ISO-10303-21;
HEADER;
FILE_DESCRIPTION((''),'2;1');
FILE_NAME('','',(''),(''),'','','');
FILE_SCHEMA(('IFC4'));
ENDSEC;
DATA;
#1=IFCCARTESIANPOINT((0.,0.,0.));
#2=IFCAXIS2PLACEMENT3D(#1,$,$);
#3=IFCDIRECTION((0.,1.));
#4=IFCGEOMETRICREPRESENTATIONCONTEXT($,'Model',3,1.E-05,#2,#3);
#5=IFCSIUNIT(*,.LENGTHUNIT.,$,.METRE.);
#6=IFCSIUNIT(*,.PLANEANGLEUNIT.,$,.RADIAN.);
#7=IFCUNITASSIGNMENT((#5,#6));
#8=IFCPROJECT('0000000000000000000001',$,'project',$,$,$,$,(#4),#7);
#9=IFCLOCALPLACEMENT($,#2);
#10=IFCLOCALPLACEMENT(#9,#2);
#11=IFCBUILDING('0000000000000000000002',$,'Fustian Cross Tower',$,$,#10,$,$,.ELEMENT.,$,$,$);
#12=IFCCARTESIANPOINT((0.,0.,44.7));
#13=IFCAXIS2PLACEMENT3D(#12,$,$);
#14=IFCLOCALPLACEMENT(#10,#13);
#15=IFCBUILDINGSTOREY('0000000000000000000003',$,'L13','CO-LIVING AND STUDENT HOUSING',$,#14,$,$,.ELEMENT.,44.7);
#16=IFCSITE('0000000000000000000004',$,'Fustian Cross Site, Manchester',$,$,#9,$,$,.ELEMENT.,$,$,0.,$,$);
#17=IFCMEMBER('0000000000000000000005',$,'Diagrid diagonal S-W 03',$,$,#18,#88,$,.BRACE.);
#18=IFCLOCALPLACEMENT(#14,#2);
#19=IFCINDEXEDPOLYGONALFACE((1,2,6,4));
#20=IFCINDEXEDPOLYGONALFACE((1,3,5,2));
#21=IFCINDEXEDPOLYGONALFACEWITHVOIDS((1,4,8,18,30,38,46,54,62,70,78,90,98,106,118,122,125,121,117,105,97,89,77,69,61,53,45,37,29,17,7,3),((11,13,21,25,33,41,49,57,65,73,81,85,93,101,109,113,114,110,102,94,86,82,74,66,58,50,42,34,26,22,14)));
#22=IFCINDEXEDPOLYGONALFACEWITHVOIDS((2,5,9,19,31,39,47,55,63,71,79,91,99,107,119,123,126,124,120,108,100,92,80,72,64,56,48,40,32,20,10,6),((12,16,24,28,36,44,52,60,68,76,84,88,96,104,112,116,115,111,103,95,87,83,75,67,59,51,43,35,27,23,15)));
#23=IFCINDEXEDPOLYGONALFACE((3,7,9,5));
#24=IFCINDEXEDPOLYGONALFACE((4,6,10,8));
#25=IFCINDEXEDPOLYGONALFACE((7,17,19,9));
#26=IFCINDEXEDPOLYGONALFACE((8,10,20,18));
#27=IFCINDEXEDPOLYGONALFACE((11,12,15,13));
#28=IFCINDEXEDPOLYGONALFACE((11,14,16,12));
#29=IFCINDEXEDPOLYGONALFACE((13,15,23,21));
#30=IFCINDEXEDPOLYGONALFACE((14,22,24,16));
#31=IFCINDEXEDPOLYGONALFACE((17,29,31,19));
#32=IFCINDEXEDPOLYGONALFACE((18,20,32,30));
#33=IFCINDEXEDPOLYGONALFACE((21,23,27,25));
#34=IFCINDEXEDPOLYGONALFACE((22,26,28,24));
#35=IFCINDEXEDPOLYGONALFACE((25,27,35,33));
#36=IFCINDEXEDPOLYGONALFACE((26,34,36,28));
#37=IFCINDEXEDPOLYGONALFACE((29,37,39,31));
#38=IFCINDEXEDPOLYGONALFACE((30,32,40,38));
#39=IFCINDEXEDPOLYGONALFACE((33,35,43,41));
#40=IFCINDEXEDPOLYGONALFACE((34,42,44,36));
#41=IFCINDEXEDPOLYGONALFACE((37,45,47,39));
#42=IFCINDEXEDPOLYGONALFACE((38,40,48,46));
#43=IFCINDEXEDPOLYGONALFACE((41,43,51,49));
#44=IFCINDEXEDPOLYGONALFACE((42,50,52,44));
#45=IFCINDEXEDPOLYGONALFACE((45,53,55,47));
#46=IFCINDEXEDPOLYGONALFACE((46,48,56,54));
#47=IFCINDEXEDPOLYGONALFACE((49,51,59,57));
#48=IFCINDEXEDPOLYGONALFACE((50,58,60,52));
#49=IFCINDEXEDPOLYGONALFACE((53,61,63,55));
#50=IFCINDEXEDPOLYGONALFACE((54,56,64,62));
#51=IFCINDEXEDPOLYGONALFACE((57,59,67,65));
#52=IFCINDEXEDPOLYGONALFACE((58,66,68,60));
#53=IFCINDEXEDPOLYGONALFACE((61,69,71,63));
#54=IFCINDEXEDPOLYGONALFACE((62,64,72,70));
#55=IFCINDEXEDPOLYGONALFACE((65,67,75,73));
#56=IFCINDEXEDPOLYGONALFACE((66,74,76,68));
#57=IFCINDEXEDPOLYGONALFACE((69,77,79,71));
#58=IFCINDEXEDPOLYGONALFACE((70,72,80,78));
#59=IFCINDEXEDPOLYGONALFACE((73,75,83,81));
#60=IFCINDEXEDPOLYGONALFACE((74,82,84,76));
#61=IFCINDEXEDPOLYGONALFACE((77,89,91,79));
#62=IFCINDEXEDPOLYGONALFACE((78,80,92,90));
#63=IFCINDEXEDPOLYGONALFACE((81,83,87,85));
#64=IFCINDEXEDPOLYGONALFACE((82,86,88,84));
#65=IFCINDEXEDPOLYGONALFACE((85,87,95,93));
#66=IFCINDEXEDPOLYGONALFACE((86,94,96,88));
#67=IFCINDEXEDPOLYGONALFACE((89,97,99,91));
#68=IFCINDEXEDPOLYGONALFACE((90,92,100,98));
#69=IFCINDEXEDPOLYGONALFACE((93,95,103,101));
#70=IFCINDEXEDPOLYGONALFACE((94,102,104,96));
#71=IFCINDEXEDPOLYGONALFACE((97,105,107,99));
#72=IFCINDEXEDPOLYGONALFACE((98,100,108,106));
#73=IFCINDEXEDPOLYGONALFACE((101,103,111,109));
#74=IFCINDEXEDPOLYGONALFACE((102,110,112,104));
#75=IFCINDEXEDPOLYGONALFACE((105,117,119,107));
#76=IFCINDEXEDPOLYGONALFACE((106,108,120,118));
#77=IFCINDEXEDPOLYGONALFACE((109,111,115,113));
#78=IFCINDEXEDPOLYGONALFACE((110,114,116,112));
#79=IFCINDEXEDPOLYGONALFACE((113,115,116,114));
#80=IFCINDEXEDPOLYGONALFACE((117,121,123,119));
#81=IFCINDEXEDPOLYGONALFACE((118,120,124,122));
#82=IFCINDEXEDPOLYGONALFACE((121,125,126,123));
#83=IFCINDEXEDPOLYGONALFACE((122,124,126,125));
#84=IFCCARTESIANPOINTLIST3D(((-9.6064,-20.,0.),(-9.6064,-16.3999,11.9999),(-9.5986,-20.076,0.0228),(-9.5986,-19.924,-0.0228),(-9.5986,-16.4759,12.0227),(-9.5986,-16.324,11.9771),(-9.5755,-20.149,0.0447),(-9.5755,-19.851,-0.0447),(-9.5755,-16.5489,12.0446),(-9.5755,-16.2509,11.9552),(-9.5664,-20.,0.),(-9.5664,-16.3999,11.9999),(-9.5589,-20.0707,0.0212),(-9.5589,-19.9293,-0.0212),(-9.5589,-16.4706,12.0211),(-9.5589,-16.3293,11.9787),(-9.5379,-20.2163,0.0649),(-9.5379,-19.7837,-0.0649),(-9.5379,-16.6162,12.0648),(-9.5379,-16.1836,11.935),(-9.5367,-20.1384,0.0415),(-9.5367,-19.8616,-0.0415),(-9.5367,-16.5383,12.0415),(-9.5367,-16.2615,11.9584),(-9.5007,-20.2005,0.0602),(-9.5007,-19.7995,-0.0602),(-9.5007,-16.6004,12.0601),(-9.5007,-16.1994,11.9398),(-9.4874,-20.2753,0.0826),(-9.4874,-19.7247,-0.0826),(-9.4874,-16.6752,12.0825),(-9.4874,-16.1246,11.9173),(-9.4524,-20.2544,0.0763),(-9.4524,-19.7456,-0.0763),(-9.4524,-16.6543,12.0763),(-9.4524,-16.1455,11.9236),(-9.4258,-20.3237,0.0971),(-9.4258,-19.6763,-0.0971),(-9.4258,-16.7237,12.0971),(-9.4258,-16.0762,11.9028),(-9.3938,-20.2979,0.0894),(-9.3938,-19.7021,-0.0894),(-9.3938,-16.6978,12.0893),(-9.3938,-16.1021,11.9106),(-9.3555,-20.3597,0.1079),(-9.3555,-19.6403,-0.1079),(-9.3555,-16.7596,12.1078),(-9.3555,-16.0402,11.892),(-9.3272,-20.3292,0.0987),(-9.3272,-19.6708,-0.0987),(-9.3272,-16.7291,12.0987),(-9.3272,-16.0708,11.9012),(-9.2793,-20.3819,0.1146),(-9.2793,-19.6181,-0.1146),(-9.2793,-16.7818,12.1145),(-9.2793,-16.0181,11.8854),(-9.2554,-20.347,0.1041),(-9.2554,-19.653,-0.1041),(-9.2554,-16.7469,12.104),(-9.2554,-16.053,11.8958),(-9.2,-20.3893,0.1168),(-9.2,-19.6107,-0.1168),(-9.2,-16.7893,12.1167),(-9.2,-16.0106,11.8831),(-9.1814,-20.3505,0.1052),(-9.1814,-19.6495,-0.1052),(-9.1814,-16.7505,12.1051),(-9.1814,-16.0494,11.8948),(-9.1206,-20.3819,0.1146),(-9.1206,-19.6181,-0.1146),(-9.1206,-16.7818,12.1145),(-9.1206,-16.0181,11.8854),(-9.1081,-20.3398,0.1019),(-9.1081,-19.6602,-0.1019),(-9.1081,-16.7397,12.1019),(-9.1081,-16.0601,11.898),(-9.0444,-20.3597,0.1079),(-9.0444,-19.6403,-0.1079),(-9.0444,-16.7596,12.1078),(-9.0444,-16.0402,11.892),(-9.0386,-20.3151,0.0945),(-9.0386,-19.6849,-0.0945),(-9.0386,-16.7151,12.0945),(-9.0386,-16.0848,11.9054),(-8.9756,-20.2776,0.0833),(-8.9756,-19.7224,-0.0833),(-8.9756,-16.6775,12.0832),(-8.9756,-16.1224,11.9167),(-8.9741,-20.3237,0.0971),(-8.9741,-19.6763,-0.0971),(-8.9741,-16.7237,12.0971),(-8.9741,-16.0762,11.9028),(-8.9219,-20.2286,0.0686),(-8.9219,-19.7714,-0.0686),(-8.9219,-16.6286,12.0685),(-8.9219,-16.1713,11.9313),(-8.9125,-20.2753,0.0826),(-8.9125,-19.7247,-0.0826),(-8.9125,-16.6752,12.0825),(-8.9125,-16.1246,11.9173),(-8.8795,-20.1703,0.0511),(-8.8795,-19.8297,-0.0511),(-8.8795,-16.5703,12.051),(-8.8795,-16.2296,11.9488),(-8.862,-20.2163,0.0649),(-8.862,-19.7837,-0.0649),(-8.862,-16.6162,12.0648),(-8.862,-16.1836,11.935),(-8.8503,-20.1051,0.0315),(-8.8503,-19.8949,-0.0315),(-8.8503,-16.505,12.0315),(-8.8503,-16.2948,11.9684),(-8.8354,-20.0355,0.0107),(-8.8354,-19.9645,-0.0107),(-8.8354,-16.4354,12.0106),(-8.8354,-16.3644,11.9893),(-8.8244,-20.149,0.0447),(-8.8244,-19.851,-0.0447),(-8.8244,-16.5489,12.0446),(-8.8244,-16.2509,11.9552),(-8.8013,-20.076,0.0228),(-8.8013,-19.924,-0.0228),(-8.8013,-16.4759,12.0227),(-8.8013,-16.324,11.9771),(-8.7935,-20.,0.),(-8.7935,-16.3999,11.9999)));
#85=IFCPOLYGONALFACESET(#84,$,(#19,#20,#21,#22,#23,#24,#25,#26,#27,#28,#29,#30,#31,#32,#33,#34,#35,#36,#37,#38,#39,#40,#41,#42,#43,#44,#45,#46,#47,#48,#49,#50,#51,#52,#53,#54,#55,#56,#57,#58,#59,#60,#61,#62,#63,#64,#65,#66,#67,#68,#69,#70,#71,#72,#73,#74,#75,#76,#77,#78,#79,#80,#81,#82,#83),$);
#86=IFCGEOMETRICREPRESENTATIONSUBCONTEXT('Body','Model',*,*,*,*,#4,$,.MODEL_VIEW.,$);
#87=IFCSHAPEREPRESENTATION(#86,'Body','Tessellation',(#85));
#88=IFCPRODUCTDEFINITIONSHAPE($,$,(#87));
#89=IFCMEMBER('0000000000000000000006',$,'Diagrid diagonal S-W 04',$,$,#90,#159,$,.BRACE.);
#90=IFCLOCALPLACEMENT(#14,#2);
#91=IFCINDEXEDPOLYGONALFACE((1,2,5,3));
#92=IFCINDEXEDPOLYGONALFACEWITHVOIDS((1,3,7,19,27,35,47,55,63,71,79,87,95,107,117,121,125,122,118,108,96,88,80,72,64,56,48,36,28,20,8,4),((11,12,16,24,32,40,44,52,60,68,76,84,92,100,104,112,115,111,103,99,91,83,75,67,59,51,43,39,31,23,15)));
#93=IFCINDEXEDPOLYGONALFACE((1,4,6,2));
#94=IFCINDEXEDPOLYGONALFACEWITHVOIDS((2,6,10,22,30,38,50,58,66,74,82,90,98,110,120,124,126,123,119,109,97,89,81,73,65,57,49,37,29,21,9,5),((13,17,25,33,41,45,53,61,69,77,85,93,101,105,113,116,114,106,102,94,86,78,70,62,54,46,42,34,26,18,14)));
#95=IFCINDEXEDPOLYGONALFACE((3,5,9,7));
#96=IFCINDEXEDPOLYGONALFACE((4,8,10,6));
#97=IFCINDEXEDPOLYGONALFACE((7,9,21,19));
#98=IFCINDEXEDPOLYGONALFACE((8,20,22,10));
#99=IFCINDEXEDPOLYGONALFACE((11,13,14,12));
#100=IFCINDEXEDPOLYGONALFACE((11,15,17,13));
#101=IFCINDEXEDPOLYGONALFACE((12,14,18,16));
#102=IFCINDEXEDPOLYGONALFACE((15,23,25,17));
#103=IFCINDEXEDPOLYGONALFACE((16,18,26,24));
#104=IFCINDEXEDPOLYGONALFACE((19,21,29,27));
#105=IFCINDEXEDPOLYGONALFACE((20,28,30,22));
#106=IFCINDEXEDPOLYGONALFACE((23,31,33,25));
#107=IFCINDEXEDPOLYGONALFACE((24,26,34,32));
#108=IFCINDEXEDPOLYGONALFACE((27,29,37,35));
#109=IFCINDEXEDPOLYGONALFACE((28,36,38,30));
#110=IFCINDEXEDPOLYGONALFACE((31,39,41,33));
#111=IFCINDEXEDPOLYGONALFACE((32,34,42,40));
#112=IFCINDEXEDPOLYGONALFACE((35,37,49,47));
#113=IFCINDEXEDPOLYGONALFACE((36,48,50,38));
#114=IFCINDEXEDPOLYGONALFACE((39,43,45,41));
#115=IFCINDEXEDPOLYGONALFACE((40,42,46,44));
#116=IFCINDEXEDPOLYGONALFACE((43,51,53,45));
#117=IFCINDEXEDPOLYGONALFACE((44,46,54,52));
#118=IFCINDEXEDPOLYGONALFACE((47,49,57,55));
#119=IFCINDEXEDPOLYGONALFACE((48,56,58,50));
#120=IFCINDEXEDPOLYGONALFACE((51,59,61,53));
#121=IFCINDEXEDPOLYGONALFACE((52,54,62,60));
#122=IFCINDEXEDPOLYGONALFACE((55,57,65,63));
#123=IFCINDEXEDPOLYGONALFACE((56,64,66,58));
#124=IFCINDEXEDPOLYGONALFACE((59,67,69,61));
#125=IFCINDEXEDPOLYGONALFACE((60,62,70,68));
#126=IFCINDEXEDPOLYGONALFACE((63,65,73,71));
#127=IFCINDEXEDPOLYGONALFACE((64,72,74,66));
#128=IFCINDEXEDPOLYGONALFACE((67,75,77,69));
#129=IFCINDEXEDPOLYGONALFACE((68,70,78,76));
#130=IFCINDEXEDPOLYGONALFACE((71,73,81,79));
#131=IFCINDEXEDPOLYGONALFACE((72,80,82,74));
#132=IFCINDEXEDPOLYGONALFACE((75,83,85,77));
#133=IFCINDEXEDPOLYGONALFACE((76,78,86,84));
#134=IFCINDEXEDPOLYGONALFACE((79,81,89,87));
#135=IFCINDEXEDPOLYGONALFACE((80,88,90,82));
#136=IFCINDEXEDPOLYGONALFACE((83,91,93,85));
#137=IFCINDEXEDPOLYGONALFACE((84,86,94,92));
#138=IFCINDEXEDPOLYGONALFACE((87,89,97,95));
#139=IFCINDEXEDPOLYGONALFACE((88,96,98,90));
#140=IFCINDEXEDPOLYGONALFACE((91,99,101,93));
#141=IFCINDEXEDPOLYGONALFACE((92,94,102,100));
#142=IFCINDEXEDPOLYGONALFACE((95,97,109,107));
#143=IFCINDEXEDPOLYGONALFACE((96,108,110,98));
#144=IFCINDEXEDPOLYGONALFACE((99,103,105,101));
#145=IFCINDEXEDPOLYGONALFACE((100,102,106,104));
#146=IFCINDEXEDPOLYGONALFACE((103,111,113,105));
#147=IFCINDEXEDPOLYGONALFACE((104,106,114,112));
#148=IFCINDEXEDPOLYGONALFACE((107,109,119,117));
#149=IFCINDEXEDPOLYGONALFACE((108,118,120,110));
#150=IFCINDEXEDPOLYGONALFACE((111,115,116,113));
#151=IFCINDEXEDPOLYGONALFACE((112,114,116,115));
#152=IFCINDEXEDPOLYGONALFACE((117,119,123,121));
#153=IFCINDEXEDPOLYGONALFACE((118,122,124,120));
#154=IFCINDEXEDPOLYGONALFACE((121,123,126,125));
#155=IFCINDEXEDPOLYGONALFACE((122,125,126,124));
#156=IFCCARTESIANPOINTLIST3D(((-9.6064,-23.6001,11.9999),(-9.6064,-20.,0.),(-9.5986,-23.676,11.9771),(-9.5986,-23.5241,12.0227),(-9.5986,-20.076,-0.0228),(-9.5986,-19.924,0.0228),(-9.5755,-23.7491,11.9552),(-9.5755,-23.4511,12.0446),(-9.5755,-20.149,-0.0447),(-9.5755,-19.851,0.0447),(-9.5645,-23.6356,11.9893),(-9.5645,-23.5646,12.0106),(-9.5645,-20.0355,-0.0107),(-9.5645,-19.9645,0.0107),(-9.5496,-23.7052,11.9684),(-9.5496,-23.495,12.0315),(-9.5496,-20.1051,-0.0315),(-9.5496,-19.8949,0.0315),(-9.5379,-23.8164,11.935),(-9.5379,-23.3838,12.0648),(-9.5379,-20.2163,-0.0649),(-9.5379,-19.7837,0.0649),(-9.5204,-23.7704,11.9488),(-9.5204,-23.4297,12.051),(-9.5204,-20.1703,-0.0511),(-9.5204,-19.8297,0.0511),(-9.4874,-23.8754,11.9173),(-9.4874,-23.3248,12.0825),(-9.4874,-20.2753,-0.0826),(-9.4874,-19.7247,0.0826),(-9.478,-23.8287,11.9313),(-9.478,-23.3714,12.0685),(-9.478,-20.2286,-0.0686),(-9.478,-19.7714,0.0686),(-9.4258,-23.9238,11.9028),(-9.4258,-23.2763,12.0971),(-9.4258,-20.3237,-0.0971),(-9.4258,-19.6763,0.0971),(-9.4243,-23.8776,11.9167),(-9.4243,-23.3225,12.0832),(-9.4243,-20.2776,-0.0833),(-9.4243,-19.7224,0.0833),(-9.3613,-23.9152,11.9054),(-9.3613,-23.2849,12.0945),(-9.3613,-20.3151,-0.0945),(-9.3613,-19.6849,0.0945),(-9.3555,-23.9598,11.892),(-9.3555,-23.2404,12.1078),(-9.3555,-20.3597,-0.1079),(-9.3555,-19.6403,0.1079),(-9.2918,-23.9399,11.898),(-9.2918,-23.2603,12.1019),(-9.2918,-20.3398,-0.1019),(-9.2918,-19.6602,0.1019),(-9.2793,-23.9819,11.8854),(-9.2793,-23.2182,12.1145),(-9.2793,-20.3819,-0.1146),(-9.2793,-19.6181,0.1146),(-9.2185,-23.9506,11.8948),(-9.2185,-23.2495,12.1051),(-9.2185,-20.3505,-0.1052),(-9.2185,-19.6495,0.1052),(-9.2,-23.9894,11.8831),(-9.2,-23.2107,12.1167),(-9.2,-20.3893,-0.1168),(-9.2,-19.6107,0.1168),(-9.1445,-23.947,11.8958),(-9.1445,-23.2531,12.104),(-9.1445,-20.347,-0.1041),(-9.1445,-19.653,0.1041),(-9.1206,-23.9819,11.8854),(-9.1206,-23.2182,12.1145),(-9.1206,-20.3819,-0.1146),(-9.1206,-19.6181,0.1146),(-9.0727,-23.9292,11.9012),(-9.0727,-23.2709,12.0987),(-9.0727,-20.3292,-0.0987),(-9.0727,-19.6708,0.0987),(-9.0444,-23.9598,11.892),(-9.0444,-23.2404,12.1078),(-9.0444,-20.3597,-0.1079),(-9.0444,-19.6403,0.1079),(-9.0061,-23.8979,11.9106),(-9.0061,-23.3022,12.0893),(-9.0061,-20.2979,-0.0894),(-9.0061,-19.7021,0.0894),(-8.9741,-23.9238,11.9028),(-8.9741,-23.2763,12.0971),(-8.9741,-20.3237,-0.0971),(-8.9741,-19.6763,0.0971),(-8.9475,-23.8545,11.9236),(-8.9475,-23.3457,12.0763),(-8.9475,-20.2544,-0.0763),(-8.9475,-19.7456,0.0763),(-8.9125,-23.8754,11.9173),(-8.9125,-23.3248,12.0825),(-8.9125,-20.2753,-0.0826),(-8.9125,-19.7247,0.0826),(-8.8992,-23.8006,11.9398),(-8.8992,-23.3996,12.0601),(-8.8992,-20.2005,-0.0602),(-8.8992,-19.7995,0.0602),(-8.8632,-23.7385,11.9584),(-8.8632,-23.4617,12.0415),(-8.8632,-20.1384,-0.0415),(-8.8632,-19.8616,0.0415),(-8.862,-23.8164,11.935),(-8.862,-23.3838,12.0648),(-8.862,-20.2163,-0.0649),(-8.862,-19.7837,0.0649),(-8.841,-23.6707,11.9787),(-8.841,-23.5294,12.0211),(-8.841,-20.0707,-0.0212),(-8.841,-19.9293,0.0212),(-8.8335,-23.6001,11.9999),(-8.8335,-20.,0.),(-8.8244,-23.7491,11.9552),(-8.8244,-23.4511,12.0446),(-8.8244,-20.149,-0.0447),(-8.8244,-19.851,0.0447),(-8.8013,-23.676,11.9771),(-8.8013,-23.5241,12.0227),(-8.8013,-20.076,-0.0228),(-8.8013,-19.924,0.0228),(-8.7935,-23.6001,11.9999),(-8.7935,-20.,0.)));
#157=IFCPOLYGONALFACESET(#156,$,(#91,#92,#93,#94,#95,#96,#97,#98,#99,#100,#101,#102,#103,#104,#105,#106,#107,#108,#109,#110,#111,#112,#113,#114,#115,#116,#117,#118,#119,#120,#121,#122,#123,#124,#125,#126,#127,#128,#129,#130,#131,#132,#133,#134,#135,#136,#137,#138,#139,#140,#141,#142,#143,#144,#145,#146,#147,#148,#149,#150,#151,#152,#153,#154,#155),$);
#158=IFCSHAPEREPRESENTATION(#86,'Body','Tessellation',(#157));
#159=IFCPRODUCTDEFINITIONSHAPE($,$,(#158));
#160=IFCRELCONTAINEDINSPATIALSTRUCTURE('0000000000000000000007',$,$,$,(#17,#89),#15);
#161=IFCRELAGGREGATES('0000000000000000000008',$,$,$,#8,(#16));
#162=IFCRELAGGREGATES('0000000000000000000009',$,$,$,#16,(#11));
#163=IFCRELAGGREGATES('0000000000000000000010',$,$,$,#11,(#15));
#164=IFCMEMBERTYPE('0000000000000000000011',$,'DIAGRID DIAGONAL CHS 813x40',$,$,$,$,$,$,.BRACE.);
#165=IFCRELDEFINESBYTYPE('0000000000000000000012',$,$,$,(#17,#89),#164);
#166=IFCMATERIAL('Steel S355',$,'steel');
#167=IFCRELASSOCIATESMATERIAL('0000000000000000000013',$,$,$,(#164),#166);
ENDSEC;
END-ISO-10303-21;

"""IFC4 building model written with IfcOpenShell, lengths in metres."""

from ifc_helpers import new_model, si_unit, direction, frame, origin, origin_2d, place, context, subcontext, project, spatial, hollow_circle, extrude, material, material_profile, profile_set, type_object, element, save


model = new_model("IFC4")

# Units and contexts
model_context = context("Model", 3, precision=1e-05, world=origin(), true_north=direction((0.0, 1.0)))
body_context = subcontext(model_context, "Body", "Model", "MODEL_VIEW")
ifc_project = project(units=[si_unit("LENGTHUNIT", "METRE"), si_unit("PLANEANGLEUNIT", "RADIAN")], contexts=[model_context])

# Site, building, storey
site_placement = place(None, origin())
site = spatial("IfcSite", under=ifc_project, at=site_placement, Name="Fustian Cross Site, Manchester", CompositionType="ELEMENT", RefElevation=0.0)
building_placement = place(site_placement, origin())
building = spatial("IfcBuilding", under=site, at=building_placement, Name="Fustian Cross Tower", CompositionType="ELEMENT")
storey_placement = place(building_placement, frame((0.0, 0.0, 44.7)))
storey = spatial("IfcBuildingStorey", under=building, at=storey_placement, Name="L13", Description="CO-LIVING AND STUDENT HOUSING", CompositionType="ELEMENT", Elevation=44.7)

# Members
ifc_material_1 = material(Name="Steel S355", Category="steel")
ifc_material_profile_1 = material_profile(ifc_material_1, hollow_circle(Radius=0.4065, WallThickness=0.04, at=origin_2d()), Name="CHS 813x40")
ifc_profile_set_1 = profile_set([ifc_material_profile_1], Name="Steel S355")
member_type_1 = type_object("IfcMemberType", Name="DIAGRID DIAGONAL CHS 813x40", PredefinedType="BRACE", material=ifc_profile_set_1)
for number, where, z_axis, x_axis, name in (
    (1, (-9.2, -20.0, 0.0), (0.0, 0.287355, 0.957824), (-1.0, 0.0, 0.0), "Diagrid diagonal S-W 03"),
    (2, (-9.2, -20.0, 0.0), (0.0, -0.287355, 0.957824), (1.0, 0.0, 0.0), "Diagrid diagonal S-W 04"),
):
    element("IfcMember", number, at=place(storey_placement, frame(where, z_axis=z_axis, x_axis=x_axis)), inside=storey, type_object=member_type_1, Name=name, PredefinedType="BRACE", context=body_context, shape_type="SweptSolid", body=[
        extrude(hollow_circle(Radius=0.4065, WallThickness=0.04, at=origin_2d()), origin(), (0.0, 0.0, 1.0), 12.5283),
    ])

save(model, "model.ifc")
